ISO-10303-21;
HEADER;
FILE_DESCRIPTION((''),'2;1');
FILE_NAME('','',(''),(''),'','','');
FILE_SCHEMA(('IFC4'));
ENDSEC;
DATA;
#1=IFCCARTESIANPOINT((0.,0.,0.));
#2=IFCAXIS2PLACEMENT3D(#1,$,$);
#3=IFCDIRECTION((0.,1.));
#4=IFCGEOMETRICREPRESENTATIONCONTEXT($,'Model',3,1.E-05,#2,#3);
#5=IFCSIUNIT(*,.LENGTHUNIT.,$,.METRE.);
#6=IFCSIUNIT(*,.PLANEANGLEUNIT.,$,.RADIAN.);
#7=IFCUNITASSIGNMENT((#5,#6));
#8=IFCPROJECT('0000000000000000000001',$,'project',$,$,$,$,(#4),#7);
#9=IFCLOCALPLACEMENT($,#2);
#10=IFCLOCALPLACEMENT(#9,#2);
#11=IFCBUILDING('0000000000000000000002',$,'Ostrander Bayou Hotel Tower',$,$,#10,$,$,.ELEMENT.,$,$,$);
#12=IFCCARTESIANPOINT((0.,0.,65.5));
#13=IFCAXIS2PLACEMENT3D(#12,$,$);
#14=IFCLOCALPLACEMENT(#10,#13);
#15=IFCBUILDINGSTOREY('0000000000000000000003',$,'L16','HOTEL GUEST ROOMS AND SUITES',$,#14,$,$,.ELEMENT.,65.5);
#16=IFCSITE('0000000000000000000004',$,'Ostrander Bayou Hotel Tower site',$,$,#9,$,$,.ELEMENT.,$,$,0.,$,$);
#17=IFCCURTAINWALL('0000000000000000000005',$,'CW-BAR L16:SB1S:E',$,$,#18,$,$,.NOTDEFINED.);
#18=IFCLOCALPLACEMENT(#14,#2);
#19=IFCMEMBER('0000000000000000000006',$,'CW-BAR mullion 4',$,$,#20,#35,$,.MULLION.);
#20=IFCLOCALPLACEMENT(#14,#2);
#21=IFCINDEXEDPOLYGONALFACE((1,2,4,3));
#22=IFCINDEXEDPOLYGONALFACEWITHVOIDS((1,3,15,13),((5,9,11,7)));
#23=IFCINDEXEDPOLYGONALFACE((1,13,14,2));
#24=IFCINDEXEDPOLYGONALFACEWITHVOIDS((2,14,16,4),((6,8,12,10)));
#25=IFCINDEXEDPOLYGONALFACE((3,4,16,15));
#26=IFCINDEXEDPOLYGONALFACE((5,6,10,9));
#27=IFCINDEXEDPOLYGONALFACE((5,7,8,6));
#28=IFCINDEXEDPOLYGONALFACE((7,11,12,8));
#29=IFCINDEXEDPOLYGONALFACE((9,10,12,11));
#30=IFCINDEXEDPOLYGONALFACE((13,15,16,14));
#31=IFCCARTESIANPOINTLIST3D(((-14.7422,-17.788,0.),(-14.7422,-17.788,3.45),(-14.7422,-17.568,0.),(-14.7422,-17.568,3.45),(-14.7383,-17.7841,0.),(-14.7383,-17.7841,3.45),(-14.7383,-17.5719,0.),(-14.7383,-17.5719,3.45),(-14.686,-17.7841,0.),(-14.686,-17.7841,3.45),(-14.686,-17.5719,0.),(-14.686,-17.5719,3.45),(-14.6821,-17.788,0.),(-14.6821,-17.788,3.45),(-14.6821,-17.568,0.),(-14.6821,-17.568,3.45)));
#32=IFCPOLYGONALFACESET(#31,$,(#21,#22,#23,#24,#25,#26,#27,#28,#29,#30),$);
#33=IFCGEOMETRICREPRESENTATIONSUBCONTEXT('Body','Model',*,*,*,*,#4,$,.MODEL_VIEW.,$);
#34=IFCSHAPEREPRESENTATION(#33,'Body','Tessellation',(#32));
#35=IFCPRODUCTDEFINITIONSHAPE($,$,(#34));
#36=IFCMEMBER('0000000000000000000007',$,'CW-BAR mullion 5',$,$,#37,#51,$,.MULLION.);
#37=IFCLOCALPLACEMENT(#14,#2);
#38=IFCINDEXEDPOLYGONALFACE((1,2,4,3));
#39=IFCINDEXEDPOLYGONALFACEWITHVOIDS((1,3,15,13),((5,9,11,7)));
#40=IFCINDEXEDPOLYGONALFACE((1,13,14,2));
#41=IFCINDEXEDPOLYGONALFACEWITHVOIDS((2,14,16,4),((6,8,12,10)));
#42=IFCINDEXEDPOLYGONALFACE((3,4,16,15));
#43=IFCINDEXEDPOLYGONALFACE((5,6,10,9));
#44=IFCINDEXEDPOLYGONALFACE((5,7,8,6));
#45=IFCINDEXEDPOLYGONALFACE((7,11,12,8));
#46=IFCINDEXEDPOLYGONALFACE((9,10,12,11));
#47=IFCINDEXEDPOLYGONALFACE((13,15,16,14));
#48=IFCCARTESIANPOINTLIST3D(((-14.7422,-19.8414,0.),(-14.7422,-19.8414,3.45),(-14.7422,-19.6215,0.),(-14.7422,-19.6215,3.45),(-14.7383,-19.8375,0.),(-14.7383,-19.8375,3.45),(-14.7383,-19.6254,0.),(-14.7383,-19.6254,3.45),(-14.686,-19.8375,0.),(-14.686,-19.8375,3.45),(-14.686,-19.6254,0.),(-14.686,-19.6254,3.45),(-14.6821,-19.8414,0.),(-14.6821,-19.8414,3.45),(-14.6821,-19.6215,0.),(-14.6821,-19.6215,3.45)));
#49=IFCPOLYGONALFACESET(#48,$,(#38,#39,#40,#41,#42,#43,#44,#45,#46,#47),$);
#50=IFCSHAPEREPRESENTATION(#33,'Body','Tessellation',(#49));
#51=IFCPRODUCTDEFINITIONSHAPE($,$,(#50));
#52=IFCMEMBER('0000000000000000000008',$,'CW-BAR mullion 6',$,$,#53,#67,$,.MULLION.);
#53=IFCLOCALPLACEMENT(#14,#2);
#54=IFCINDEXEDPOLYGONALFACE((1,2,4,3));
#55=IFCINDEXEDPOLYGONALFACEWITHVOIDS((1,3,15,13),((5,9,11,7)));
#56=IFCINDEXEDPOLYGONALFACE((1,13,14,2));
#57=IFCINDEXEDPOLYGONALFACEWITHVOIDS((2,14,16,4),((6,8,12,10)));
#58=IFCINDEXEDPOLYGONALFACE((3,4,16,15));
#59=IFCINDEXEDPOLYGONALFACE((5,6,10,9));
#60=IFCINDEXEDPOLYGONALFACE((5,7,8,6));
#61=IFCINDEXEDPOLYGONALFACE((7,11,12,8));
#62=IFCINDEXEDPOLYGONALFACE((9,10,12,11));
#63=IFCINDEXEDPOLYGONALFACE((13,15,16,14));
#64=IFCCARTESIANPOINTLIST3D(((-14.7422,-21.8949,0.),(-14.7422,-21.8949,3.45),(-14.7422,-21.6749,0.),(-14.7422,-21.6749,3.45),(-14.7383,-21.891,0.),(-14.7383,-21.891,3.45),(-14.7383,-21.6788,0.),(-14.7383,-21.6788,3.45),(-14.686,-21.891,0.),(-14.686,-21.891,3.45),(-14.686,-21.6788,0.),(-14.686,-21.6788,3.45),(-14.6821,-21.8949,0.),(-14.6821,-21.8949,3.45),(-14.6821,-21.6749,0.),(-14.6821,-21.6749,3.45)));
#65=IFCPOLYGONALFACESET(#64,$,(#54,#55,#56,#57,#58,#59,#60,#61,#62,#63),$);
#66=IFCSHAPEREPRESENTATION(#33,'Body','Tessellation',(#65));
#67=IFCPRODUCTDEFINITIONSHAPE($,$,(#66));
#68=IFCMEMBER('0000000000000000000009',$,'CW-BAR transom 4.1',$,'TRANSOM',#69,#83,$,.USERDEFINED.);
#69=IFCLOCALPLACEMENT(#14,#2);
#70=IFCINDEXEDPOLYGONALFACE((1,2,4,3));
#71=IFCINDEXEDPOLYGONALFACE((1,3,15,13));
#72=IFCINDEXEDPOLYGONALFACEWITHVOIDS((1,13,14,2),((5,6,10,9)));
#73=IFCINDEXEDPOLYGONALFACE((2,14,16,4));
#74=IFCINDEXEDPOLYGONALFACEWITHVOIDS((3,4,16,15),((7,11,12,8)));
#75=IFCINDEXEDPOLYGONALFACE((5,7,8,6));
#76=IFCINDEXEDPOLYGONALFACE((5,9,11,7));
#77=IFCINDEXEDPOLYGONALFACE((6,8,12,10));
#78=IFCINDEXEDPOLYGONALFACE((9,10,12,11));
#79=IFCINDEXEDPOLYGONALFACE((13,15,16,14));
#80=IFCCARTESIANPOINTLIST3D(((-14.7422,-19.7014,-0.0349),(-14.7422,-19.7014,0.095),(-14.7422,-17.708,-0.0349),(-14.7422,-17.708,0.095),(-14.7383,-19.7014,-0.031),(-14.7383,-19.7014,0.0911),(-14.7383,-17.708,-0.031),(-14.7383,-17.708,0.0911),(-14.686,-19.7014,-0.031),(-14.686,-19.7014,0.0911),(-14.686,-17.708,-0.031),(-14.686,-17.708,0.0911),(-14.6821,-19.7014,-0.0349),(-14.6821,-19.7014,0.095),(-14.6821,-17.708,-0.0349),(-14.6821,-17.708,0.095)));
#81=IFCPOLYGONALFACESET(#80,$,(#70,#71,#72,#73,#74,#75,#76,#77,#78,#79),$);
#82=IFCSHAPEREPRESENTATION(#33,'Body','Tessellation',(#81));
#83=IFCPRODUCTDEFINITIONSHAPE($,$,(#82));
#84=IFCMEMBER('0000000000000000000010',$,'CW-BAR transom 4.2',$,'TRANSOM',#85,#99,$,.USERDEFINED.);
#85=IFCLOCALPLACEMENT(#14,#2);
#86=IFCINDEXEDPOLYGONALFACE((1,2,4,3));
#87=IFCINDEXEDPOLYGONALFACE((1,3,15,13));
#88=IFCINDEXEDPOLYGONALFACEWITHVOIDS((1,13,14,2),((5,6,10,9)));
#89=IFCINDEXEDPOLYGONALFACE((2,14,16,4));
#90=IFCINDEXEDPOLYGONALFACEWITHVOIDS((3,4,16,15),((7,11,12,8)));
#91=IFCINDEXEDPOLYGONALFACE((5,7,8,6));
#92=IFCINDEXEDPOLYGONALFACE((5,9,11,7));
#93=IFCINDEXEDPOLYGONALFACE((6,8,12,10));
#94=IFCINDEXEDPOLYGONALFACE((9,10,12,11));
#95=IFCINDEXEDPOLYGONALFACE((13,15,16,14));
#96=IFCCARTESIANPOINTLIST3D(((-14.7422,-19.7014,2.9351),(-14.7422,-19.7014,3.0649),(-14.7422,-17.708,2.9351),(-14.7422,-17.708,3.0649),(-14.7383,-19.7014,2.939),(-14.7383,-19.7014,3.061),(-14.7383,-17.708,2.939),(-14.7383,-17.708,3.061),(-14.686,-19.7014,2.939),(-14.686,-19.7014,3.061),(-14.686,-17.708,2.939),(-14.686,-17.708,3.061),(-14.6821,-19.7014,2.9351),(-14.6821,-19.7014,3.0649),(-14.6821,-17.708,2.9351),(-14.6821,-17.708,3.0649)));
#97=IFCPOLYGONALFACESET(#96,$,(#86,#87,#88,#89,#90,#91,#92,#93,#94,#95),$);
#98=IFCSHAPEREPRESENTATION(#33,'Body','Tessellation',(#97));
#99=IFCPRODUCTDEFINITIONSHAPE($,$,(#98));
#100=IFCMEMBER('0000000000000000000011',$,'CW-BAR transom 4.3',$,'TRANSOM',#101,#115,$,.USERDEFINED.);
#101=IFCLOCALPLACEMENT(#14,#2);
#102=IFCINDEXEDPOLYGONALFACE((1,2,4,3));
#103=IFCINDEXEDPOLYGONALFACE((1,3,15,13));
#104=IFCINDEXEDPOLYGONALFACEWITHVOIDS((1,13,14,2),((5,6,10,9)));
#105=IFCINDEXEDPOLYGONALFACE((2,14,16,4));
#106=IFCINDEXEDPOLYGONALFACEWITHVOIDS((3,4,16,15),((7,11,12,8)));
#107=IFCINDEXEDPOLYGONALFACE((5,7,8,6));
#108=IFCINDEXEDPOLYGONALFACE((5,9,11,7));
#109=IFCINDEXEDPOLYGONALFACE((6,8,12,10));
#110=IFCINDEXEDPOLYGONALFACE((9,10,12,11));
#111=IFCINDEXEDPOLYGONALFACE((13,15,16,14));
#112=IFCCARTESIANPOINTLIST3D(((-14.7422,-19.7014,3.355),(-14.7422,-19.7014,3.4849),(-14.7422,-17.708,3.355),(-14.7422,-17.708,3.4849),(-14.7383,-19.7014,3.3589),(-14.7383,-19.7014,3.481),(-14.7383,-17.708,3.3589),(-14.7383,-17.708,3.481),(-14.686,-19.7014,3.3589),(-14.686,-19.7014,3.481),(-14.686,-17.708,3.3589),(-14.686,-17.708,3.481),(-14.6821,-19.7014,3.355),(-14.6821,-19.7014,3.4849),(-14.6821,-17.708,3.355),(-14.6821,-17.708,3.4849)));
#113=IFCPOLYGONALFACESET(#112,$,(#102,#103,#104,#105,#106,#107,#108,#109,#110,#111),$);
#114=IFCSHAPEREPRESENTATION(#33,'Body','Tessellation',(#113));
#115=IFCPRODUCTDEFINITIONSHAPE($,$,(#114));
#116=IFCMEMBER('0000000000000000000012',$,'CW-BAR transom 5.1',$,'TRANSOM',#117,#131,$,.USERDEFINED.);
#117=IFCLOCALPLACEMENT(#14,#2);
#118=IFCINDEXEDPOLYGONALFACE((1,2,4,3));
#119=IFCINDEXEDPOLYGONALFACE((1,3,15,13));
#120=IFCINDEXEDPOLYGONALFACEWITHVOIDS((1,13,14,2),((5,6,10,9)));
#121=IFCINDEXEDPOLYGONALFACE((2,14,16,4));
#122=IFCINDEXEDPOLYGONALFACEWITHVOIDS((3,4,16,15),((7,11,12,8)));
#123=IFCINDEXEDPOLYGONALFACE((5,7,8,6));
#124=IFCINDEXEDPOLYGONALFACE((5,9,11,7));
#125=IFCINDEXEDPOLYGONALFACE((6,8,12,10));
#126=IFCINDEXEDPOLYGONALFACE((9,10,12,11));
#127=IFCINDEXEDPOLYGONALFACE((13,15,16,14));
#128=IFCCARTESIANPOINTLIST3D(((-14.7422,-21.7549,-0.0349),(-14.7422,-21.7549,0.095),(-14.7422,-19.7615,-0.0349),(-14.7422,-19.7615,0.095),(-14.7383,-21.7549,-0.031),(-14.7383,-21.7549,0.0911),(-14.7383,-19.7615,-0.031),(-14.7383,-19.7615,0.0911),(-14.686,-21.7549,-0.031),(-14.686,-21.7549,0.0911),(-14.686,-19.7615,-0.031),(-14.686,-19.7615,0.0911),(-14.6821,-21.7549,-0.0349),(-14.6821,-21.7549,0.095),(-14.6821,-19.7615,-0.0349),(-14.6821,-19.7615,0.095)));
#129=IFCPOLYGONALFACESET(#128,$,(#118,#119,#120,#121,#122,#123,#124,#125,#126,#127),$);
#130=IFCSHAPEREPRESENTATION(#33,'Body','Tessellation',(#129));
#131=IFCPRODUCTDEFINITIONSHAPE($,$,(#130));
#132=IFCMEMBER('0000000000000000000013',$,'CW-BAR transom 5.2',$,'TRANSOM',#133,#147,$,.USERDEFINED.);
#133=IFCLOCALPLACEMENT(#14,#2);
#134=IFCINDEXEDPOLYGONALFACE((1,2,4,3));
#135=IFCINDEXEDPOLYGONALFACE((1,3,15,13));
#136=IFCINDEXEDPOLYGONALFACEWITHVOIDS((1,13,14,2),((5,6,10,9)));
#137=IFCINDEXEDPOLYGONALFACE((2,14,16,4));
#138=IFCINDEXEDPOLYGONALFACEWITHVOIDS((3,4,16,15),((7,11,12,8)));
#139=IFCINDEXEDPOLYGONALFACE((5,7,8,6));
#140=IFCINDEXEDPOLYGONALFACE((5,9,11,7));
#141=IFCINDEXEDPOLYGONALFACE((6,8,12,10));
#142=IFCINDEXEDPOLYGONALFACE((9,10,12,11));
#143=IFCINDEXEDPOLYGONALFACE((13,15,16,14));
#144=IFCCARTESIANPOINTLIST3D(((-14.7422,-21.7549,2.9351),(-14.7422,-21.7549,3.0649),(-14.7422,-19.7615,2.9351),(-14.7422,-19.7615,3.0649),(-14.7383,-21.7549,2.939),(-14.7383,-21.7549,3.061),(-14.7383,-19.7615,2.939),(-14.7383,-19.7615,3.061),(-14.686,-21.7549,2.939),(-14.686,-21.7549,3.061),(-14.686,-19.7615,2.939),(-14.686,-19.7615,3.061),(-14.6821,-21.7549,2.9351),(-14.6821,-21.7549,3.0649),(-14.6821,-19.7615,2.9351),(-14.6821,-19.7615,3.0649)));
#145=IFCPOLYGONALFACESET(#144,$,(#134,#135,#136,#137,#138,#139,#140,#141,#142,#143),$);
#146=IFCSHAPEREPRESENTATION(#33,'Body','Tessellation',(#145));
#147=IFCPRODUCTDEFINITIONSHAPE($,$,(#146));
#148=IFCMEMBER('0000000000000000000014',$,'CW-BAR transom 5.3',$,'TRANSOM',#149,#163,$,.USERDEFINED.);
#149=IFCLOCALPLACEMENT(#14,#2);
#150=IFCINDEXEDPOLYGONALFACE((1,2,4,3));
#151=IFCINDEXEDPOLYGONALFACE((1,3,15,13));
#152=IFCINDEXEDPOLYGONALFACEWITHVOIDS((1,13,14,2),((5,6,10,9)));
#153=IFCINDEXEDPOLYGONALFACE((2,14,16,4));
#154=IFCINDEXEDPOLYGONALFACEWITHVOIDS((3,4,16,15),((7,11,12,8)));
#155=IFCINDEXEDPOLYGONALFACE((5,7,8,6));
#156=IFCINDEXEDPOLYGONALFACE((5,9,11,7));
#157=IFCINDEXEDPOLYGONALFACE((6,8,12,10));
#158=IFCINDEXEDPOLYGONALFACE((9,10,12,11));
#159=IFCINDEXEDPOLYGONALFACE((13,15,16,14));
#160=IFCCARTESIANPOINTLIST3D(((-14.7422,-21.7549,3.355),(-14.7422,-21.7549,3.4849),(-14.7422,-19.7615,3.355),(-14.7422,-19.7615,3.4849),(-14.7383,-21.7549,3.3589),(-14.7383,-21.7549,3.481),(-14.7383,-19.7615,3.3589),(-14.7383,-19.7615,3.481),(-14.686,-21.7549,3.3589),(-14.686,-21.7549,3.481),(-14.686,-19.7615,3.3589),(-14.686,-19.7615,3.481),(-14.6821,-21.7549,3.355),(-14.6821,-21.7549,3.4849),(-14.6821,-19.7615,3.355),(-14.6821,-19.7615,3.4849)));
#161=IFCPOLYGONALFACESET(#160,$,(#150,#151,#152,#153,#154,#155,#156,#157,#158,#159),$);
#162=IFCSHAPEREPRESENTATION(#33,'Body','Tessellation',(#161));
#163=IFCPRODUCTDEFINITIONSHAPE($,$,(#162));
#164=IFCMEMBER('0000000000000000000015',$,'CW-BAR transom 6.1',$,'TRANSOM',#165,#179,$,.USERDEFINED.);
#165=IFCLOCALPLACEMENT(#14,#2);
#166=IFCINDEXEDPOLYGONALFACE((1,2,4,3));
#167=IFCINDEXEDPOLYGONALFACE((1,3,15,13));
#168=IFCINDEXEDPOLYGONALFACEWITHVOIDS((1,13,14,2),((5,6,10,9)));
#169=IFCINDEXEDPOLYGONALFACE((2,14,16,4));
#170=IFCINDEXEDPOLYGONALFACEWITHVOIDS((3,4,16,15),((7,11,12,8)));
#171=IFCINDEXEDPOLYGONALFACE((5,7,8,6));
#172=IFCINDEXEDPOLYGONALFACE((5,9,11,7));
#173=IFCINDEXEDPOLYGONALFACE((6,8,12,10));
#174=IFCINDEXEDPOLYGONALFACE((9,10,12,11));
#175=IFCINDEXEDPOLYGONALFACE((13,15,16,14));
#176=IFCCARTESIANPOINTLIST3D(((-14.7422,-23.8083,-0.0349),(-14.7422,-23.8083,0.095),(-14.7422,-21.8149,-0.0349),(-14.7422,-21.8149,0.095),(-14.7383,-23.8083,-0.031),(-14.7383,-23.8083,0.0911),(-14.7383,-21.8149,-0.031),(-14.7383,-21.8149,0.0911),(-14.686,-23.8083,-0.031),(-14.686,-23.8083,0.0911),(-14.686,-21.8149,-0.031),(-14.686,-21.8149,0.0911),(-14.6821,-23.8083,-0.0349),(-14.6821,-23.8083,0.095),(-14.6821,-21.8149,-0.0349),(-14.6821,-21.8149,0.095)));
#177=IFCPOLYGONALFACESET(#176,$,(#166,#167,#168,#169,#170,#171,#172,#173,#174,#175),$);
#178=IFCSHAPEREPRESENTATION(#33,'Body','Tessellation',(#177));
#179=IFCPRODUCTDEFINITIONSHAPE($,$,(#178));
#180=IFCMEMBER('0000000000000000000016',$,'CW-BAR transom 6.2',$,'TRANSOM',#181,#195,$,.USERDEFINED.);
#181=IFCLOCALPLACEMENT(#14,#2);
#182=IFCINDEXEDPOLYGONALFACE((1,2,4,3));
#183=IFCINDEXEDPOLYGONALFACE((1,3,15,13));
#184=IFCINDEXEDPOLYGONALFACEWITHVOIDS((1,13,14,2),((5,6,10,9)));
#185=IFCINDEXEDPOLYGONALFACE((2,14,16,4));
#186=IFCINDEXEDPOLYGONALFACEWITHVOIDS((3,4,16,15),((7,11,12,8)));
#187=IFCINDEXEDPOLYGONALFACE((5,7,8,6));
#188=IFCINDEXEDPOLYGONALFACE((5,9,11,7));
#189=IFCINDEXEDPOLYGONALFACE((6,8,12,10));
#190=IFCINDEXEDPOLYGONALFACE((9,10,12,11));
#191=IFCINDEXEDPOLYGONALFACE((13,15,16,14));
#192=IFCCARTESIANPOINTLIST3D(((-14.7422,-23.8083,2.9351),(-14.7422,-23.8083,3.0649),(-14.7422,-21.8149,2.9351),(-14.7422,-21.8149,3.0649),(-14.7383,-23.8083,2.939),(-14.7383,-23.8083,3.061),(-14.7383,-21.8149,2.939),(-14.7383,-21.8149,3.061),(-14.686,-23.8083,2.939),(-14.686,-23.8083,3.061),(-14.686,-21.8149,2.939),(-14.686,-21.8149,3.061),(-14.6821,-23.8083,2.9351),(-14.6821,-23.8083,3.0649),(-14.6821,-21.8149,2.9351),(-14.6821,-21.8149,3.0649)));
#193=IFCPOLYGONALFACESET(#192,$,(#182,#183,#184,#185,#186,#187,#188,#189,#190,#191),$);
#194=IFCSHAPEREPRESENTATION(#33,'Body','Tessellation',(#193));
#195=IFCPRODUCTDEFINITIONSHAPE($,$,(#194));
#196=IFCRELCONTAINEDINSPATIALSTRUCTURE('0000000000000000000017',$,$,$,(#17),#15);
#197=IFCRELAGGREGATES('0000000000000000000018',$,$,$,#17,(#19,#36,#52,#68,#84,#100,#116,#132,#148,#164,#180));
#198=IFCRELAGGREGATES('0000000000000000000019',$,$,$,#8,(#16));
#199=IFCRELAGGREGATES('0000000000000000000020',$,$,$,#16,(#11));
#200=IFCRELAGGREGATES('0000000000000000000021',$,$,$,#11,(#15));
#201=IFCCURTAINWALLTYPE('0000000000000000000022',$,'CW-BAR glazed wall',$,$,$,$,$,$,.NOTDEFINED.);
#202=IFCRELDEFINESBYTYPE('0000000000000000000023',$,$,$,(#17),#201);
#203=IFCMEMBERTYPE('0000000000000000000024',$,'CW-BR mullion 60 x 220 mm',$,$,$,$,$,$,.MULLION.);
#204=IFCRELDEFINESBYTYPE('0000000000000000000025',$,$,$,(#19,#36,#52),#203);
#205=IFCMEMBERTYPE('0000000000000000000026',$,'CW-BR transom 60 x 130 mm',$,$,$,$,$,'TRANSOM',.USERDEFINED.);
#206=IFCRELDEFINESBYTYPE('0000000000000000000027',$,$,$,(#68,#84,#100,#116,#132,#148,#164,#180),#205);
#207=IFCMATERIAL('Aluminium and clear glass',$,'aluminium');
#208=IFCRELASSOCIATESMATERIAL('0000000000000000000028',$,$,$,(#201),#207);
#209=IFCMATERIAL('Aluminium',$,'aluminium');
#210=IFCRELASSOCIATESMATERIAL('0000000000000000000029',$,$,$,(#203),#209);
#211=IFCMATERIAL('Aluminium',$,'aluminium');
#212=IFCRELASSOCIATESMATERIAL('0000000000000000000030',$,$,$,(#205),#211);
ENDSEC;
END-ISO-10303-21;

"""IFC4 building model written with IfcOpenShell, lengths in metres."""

from ifc_helpers import new_model, si_unit, direction, frame, origin, origin_2d, place, context, subcontext, project, spatial, hollow_rectangle, extrude, material, material_profile, profile_set, type_object, element, aggregate, save


model = new_model("IFC4")

# Units and contexts
model_context = context("Model", 3, precision=1e-05, world=origin(), true_north=direction((0.0, 1.0)))
body_context = subcontext(model_context, "Body", "Model", "MODEL_VIEW")
ifc_project = project(units=[si_unit("LENGTHUNIT", "METRE"), si_unit("PLANEANGLEUNIT", "RADIAN")], contexts=[model_context])

# Site, building, storey
site_placement = place(None, origin())
site = spatial("IfcSite", under=ifc_project, at=site_placement, Name="Ostrander Bayou Hotel Tower site", CompositionType="ELEMENT", RefElevation=0.0)
building_placement = place(site_placement, origin())
building = spatial("IfcBuilding", under=site, at=building_placement, Name="Ostrander Bayou Hotel Tower", CompositionType="ELEMENT")
storey_placement = place(building_placement, frame((0.0, 0.0, 65.5)))
storey = spatial("IfcBuildingStorey", under=building, at=storey_placement, Name="L16", Description="HOTEL GUEST ROOMS AND SUITES", CompositionType="ELEMENT", Elevation=65.5)

# Curtain wall, members
ifc_material_1 = material(Name="Aluminium and clear glass", Category="aluminium")
curtain_wall_type = type_object("IfcCurtainWallType", Name="CW-BAR glazed wall", PredefinedType="NOTDEFINED", material=ifc_material_1)
curtain_wall_placement = place(storey_placement, origin())
curtain_wall = element("IfcCurtainWall", 1, at=curtain_wall_placement, inside=storey, type_object=curtain_wall_type, Name="CW-BAR L16:SB1S:E", PredefinedType="NOTDEFINED")
ifc_material_2 = material(Name="Aluminium", Category="aluminium")
ifc_material_profile_1 = material_profile(ifc_material_2, hollow_rectangle(XDim=0.0601, YDim=0.22, WallThickness=0.0039, at=origin_2d()))
ifc_profile_set_1 = profile_set([ifc_material_profile_1], Name="Aluminium")
member_type_1 = type_object("IfcMemberType", Name="CW-BR mullion 60 x 220 mm", PredefinedType="MULLION", material=ifc_profile_set_1)
member_1_placement = place(storey_placement, frame((-14.7122, -17.678, 0.0), z_axis=(0.0, 0.0, 1.0), x_axis=(1.0, 0.0, 0.0)))
member_1 = element("IfcMember", 2, at=member_1_placement, type_object=member_type_1, Name="CW-BAR mullion 4", PredefinedType="MULLION", context=body_context, shape_type="SweptSolid", body=[
    extrude(hollow_rectangle(XDim=0.0601, YDim=0.22, WallThickness=0.0039, at=origin_2d()), origin(), (0.0, 0.0, 1.0), 3.45),
])
member_2_placement = place(storey_placement, frame((-14.7122, -19.7314, 0.0), z_axis=(0.0, 0.0, 1.0), x_axis=(1.0, 0.0, 0.0)))
member_2 = element("IfcMember", 3, at=member_2_placement, type_object=member_type_1, Name="CW-BAR mullion 5", PredefinedType="MULLION", context=body_context, shape_type="SweptSolid", body=[
    extrude(hollow_rectangle(XDim=0.0601, YDim=0.22, WallThickness=0.0039, at=origin_2d()), origin(), (0.0, 0.0, 1.0), 3.45),
])
member_3_placement = place(storey_placement, frame((-14.7122, -21.7849, 0.0), z_axis=(0.0, 0.0, 1.0), x_axis=(1.0, 0.0, 0.0)))
member_3 = element("IfcMember", 4, at=member_3_placement, type_object=member_type_1, Name="CW-BAR mullion 6", PredefinedType="MULLION", context=body_context, shape_type="SweptSolid", body=[
    extrude(hollow_rectangle(XDim=0.0601, YDim=0.22, WallThickness=0.0039, at=origin_2d()), origin(), (0.0, 0.0, 1.0), 3.45),
])
ifc_material_3 = material(Name="Aluminium", Category="aluminium")
ifc_material_profile_2 = material_profile(ifc_material_3, hollow_rectangle(XDim=0.0601, YDim=0.1299, WallThickness=0.0039, at=origin_2d()))
ifc_profile_set_2 = profile_set([ifc_material_profile_2], Name="Aluminium")
member_type_2 = type_object("IfcMemberType", Name="CW-BR transom 60 x 130 mm", ElementType="TRANSOM", PredefinedType="USERDEFINED", material=ifc_profile_set_2)
member_4_placement = place(storey_placement, frame((-14.7122, -17.708, 0.03), z_axis=(0.0, -1.0, 0.0), x_axis=(1.0, 0.0, 0.0)))
member_4 = element("IfcMember", 5, at=member_4_placement, type_object=member_type_2, Name="CW-BAR transom 4.1", ObjectType="TRANSOM", PredefinedType="USERDEFINED", context=body_context, shape_type="SweptSolid", body=[
    extrude(hollow_rectangle(XDim=0.0601, YDim=0.1299, WallThickness=0.0039, at=origin_2d()), origin(), (0.0, 0.0, 1.0), 1.9934),
])
member_5_placement = place(storey_placement, frame((-14.7122, -17.708, 3.0), z_axis=(0.0, -1.0, 0.0), x_axis=(1.0, 0.0, 0.0)))
member_5 = element("IfcMember", 6, at=member_5_placement, type_object=member_type_2, Name="CW-BAR transom 4.2", ObjectType="TRANSOM", PredefinedType="USERDEFINED", context=body_context, shape_type="SweptSolid", body=[
    extrude(hollow_rectangle(XDim=0.0601, YDim=0.1299, WallThickness=0.0039, at=origin_2d()), origin(), (0.0, 0.0, 1.0), 1.9934),
])
member_6_placement = place(storey_placement, frame((-14.7122, -17.708, 3.4199), z_axis=(0.0, -1.0, 0.0), x_axis=(1.0, 0.0, 0.0)))
member_6 = element("IfcMember", 7, at=member_6_placement, type_object=member_type_2, Name="CW-BAR transom 4.3", ObjectType="TRANSOM", PredefinedType="USERDEFINED", context=body_context, shape_type="SweptSolid", body=[
    extrude(hollow_rectangle(XDim=0.0601, YDim=0.1299, WallThickness=0.0039, at=origin_2d()), origin(), (0.0, 0.0, 1.0), 1.9934),
])
member_7_placement = place(storey_placement, frame((-14.7122, -19.7615, 0.03), z_axis=(0.0, -1.0, 0.0), x_axis=(1.0, 0.0, 0.0)))
member_7 = element("IfcMember", 8, at=member_7_placement, type_object=member_type_2, Name="CW-BAR transom 5.1", ObjectType="TRANSOM", PredefinedType="USERDEFINED", context=body_context, shape_type="SweptSolid", body=[
    extrude(hollow_rectangle(XDim=0.0601, YDim=0.1299, WallThickness=0.0039, at=origin_2d()), origin(), (0.0, 0.0, 1.0), 1.9934),
])
member_8_placement = place(storey_placement, frame((-14.7122, -19.7615, 3.0), z_axis=(0.0, -1.0, 0.0), x_axis=(1.0, 0.0, 0.0)))
member_8 = element("IfcMember", 9, at=member_8_placement, type_object=member_type_2, Name="CW-BAR transom 5.2", ObjectType="TRANSOM", PredefinedType="USERDEFINED", context=body_context, shape_type="SweptSolid", body=[
    extrude(hollow_rectangle(XDim=0.0601, YDim=0.1299, WallThickness=0.0039, at=origin_2d()), origin(), (0.0, 0.0, 1.0), 1.9934),
])
member_9_placement = place(storey_placement, frame((-14.7122, -19.7615, 3.4199), z_axis=(0.0, -1.0, 0.0), x_axis=(1.0, 0.0, 0.0)))
member_9 = element("IfcMember", 10, at=member_9_placement, type_object=member_type_2, Name="CW-BAR transom 5.3", ObjectType="TRANSOM", PredefinedType="USERDEFINED", context=body_context, shape_type="SweptSolid", body=[
    extrude(hollow_rectangle(XDim=0.0601, YDim=0.1299, WallThickness=0.0039, at=origin_2d()), origin(), (0.0, 0.0, 1.0), 1.9934),
])
member_10_placement = place(storey_placement, frame((-14.7122, -21.8149, 0.03), z_axis=(0.0, -1.0, 0.0), x_axis=(1.0, 0.0, 0.0)))
member_10 = element("IfcMember", 11, at=member_10_placement, type_object=member_type_2, Name="CW-BAR transom 6.1", ObjectType="TRANSOM", PredefinedType="USERDEFINED", context=body_context, shape_type="SweptSolid", body=[
    extrude(hollow_rectangle(XDim=0.0601, YDim=0.1299, WallThickness=0.0039, at=origin_2d()), origin(), (0.0, 0.0, 1.0), 1.9934),
])
member_11_placement = place(storey_placement, frame((-14.7122, -21.8149, 3.0), z_axis=(0.0, -1.0, 0.0), x_axis=(1.0, 0.0, 0.0)))
member_11 = element("IfcMember", 12, at=member_11_placement, type_object=member_type_2, Name="CW-BAR transom 6.2", ObjectType="TRANSOM", PredefinedType="USERDEFINED", context=body_context, shape_type="SweptSolid", body=[
    extrude(hollow_rectangle(XDim=0.0601, YDim=0.1299, WallThickness=0.0039, at=origin_2d()), origin(), (0.0, 0.0, 1.0), 1.9934),
])

aggregate(curtain_wall, [member_1, member_2, member_3, member_4, member_5, member_6, member_7, member_8, member_9, member_10, member_11])

save(model, "model.ifc")
